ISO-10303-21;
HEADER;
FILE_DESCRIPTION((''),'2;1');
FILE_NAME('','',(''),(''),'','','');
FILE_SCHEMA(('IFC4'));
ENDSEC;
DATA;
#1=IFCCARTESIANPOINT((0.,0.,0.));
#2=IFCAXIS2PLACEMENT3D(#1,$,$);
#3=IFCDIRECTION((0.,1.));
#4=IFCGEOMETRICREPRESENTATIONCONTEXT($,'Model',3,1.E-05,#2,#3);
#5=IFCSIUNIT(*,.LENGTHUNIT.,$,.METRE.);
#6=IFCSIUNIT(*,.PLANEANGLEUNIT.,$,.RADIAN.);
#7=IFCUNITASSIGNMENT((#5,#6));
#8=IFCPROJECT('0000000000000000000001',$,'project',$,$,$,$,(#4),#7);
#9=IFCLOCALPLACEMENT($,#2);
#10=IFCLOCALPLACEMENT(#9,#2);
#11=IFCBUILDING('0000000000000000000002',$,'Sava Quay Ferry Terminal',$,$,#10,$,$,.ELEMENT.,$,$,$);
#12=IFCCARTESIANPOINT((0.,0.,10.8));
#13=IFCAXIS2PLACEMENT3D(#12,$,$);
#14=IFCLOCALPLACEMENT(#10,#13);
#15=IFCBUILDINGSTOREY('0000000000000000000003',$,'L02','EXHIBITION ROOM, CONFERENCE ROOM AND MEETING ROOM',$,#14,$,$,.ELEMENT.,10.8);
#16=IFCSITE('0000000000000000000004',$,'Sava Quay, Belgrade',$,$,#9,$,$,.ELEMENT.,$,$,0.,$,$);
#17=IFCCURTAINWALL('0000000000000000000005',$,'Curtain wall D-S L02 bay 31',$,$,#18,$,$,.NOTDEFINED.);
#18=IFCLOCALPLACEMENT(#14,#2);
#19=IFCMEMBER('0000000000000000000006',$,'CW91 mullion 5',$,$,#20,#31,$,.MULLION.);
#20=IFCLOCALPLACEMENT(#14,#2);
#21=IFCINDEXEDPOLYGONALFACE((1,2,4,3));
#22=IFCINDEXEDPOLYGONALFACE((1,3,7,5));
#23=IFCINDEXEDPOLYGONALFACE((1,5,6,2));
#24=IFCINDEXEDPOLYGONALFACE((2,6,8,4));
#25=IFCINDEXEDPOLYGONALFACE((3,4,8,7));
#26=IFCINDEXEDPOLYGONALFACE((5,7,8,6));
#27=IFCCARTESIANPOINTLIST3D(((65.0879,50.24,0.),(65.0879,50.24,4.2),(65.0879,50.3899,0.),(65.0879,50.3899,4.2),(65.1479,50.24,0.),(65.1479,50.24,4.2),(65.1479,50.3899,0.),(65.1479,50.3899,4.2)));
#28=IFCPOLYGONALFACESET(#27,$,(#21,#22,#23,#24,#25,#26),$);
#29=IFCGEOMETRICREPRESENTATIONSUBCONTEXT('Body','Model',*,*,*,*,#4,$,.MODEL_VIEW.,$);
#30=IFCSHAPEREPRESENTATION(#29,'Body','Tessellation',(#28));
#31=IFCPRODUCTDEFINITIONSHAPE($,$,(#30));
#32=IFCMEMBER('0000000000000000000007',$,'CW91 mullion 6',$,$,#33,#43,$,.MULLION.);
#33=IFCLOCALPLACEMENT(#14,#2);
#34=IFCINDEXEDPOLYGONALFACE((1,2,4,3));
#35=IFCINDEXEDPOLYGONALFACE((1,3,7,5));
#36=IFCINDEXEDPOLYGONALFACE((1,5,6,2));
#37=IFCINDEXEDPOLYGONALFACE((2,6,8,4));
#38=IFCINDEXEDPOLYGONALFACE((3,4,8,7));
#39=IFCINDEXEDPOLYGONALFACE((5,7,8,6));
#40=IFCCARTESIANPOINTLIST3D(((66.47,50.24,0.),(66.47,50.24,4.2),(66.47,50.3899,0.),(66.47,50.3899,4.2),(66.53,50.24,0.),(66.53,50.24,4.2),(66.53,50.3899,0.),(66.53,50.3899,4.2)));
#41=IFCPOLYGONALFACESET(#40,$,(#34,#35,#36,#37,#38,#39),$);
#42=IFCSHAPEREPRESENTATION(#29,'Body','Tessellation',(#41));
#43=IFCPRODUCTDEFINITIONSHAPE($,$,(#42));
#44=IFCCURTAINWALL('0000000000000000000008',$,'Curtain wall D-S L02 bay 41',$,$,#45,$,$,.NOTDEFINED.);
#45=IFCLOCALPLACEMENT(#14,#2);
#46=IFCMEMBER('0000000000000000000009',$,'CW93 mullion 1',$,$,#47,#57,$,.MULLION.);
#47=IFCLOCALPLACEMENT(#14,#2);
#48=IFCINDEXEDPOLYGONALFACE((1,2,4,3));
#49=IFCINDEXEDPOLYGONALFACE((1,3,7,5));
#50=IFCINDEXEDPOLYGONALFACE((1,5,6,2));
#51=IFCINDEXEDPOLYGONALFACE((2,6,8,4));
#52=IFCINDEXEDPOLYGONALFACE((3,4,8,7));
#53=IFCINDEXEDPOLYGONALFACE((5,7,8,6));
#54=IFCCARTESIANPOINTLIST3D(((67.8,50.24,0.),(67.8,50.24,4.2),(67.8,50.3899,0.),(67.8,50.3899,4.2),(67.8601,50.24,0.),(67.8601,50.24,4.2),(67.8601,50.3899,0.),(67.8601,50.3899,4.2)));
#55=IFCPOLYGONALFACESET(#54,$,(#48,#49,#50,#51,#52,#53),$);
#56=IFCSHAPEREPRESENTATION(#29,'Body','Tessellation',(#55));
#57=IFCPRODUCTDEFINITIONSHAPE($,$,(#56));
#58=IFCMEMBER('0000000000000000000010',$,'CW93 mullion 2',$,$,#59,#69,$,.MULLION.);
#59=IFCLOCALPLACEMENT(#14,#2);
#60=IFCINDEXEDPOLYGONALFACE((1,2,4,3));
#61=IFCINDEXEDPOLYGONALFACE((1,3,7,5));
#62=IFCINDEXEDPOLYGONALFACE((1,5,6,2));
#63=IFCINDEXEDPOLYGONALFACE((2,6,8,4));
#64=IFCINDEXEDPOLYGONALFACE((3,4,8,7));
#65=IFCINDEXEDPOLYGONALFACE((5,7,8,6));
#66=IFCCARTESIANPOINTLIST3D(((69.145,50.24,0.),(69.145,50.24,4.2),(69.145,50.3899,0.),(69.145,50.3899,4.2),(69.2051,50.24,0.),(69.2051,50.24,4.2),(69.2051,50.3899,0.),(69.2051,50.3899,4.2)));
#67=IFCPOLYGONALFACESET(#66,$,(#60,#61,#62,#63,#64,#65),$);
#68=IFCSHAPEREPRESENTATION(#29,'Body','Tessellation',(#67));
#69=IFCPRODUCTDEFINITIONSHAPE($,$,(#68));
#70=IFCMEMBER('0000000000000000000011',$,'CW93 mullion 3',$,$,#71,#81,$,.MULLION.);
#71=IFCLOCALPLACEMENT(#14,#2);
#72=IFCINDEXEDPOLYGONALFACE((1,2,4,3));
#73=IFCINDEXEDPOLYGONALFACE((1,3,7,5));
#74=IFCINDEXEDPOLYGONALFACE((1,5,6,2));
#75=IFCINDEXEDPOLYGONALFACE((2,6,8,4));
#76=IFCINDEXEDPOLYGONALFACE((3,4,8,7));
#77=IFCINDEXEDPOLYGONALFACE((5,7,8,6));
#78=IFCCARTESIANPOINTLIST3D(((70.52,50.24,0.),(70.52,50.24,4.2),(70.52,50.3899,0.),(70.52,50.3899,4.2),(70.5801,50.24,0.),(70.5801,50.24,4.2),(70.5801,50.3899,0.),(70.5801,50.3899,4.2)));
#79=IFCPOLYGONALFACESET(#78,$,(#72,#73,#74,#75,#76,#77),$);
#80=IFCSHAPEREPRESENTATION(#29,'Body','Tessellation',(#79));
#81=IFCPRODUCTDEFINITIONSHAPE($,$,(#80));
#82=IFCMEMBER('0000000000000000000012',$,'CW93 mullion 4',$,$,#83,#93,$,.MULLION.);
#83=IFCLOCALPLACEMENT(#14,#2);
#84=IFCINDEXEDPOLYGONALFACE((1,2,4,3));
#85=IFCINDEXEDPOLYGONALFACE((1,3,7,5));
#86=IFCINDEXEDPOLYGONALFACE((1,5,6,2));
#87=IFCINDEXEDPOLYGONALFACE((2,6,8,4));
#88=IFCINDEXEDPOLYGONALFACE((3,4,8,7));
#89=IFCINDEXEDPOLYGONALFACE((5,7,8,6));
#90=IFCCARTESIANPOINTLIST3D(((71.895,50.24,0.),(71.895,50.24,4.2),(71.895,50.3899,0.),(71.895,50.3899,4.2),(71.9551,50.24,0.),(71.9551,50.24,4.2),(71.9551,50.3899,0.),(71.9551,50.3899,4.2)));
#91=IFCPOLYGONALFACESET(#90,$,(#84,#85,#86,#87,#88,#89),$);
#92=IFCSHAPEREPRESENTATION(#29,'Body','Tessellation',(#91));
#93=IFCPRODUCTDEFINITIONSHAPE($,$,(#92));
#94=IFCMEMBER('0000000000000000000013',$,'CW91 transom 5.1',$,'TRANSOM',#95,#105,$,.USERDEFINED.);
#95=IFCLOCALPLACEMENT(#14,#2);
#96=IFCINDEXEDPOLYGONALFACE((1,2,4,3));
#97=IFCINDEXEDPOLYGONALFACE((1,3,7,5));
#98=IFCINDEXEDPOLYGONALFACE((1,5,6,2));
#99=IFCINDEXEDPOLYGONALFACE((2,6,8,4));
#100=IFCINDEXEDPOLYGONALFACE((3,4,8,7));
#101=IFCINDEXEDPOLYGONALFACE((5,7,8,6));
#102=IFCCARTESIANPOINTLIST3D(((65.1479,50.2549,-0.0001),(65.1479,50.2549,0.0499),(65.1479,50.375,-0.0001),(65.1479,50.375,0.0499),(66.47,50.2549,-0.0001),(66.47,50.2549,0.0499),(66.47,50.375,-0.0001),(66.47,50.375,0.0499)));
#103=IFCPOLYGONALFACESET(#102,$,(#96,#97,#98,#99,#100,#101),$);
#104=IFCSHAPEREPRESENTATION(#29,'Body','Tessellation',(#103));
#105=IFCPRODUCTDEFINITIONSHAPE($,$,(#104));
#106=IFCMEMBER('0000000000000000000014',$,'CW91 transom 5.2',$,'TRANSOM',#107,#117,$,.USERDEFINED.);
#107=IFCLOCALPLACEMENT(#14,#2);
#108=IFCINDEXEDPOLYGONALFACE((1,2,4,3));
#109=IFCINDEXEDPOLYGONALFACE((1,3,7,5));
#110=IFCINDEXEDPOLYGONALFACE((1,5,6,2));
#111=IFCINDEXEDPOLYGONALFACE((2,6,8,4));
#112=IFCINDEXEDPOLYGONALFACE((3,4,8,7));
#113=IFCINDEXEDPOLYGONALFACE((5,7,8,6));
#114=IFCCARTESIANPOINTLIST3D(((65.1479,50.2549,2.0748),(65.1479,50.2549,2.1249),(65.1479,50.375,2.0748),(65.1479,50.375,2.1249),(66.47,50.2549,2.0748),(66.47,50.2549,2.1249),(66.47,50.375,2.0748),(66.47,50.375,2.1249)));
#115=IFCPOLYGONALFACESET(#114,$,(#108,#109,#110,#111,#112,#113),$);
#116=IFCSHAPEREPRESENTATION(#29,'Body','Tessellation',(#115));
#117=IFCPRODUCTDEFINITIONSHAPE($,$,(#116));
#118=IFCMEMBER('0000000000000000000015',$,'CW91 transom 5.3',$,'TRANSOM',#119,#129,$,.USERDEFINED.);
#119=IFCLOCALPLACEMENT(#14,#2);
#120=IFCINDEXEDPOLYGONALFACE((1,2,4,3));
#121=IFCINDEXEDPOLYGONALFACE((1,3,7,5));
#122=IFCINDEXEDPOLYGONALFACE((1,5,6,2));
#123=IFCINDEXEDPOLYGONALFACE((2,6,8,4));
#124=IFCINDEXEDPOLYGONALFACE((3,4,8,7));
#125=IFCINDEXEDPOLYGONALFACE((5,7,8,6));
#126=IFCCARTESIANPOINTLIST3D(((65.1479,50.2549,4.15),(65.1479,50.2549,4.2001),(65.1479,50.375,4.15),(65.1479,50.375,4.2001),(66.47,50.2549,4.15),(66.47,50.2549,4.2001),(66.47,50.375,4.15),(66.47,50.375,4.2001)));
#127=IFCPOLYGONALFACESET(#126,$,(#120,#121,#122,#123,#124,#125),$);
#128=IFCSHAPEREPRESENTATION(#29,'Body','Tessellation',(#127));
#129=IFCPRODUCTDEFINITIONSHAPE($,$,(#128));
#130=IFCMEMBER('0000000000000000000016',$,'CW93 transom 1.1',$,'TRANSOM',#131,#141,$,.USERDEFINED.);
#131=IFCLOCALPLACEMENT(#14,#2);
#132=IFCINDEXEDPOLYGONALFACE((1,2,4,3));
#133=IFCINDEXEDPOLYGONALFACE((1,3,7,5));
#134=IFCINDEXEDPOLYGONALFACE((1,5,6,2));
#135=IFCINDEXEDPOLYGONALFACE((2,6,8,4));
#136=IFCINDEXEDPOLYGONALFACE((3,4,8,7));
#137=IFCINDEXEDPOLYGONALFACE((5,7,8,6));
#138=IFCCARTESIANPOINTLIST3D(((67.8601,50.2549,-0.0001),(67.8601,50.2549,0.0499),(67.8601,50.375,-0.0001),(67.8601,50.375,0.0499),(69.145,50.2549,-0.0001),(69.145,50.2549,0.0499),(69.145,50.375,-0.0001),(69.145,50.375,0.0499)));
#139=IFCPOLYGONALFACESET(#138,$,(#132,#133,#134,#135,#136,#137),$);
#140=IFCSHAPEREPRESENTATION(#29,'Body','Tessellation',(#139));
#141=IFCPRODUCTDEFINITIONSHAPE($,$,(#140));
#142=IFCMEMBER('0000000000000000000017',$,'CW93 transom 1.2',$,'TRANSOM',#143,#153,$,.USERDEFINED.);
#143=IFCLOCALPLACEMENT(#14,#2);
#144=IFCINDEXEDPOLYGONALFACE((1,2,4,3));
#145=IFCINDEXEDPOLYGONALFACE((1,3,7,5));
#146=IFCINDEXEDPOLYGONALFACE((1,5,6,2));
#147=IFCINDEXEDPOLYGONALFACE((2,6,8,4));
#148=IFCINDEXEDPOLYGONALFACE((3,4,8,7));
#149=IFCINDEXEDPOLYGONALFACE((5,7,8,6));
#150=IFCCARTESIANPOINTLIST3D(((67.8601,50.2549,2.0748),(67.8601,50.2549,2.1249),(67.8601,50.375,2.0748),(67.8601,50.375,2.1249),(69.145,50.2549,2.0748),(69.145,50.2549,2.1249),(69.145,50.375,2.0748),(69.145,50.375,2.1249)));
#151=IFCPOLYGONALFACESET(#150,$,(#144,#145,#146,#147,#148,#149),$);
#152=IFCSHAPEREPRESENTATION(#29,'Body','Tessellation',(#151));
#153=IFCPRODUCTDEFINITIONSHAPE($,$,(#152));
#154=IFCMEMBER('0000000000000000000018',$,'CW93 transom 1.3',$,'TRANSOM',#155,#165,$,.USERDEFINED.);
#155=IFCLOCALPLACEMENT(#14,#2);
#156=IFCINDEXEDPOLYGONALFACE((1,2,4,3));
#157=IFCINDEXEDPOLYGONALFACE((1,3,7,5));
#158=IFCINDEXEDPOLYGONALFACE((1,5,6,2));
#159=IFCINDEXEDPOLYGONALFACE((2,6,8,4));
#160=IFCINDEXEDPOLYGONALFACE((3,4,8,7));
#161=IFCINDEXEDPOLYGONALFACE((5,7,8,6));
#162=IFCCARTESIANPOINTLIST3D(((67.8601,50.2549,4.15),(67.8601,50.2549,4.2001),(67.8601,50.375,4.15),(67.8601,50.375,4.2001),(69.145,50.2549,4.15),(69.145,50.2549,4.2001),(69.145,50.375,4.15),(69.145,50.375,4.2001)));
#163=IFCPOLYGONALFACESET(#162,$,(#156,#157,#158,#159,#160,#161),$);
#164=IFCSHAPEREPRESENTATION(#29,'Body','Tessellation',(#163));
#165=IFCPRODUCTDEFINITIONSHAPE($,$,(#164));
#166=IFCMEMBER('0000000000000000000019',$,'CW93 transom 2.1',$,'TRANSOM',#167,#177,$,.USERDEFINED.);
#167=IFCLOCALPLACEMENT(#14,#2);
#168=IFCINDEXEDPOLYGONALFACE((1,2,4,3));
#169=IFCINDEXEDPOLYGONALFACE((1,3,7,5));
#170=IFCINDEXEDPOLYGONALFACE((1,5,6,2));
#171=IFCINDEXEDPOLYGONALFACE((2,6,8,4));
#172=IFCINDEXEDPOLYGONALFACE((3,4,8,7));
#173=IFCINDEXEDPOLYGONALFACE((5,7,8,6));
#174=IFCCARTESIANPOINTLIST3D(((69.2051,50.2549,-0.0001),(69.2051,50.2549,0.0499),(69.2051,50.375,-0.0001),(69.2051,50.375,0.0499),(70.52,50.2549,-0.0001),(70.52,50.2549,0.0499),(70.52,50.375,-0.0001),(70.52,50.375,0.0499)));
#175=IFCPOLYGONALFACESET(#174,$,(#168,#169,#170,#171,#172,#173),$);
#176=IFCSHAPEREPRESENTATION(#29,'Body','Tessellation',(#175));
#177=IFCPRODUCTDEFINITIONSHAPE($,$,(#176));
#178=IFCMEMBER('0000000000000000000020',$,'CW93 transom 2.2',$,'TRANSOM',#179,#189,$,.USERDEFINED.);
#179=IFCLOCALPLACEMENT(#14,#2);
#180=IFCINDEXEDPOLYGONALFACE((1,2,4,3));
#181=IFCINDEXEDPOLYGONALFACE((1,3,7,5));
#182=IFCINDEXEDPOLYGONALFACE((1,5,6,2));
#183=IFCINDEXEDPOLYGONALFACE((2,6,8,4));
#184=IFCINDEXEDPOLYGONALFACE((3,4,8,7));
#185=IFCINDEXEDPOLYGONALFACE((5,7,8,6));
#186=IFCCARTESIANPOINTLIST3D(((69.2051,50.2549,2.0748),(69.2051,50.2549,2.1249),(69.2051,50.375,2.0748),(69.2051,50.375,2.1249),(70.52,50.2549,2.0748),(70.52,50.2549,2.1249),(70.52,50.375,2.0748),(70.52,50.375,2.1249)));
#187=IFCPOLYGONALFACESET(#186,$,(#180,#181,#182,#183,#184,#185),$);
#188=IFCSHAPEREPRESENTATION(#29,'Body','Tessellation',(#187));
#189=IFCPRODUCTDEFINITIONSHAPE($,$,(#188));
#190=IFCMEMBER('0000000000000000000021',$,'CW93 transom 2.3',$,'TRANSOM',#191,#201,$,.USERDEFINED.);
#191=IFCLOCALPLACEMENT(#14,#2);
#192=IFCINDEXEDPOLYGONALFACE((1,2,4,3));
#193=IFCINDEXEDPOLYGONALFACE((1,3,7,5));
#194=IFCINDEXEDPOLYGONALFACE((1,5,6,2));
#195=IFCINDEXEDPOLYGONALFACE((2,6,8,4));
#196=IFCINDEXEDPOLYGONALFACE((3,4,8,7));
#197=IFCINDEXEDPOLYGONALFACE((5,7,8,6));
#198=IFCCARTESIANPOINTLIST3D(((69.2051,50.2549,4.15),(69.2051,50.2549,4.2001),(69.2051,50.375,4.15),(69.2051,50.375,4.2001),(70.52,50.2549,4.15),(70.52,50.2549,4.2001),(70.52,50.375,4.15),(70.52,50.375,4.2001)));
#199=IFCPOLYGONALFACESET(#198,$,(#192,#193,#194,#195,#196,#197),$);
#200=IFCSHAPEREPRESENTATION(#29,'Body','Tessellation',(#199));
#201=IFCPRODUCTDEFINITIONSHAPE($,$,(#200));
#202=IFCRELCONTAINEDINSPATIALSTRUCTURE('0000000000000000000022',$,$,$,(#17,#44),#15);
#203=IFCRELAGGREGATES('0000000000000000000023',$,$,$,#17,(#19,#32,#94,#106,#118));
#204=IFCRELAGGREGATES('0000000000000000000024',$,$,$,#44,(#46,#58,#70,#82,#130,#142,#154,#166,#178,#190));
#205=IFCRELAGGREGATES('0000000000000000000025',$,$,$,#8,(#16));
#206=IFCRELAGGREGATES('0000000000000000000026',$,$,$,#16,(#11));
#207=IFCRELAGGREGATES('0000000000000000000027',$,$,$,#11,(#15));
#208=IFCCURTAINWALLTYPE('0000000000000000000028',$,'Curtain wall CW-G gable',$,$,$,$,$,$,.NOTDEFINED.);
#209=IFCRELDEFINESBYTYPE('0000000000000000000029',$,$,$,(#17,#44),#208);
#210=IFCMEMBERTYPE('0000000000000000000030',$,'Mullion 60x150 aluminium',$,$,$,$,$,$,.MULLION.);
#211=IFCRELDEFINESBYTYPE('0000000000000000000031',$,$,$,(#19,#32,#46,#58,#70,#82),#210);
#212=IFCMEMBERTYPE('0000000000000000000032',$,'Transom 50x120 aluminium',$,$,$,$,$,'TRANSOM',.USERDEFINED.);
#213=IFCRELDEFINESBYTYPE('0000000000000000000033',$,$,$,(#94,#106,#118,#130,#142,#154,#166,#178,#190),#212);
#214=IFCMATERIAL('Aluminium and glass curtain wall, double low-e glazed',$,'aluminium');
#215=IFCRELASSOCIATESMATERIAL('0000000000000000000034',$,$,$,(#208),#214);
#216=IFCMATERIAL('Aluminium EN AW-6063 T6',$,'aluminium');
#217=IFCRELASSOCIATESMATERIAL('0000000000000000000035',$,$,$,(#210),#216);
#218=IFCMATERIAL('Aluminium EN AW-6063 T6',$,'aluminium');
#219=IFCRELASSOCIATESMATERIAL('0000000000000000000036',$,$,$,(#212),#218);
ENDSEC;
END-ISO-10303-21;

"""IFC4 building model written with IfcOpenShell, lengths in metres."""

from ifc_helpers import new_model, si_unit, direction, frame, origin, origin_2d, place, context, subcontext, project, spatial, rectangle, extrude, material, material_profile, profile_set, type_object, element, aggregate, save


model = new_model("IFC4")

# Units and contexts
model_context = context("Model", 3, precision=1e-05, world=origin(), true_north=direction((0.0, 1.0)))
body_context = subcontext(model_context, "Body", "Model", "MODEL_VIEW")
ifc_project = project(units=[si_unit("LENGTHUNIT", "METRE"), si_unit("PLANEANGLEUNIT", "RADIAN")], contexts=[model_context])

# Site, building, storey
site_placement = place(None, origin())
site = spatial("IfcSite", under=ifc_project, at=site_placement, Name="Sava Quay, Belgrade", CompositionType="ELEMENT", RefElevation=0.0)
building_placement = place(site_placement, origin())
building = spatial("IfcBuilding", under=site, at=building_placement, Name="Sava Quay Ferry Terminal", CompositionType="ELEMENT")
storey_placement = place(building_placement, frame((0.0, 0.0, 10.8)))
storey = spatial("IfcBuildingStorey", under=building, at=storey_placement, Name="L02", Description="EXHIBITION ROOM, CONFERENCE ROOM AND MEETING ROOM", CompositionType="ELEMENT", Elevation=10.8)

# Curtain walls, members
ifc_material_1 = material(Name="Aluminium and glass curtain wall, double low-e glazed", Category="aluminium")
curtain_wall_type = type_object("IfcCurtainWallType", Name="Curtain wall CW-G gable", PredefinedType="NOTDEFINED", material=ifc_material_1)
curtain_wall_1_placement = place(storey_placement, origin())
curtain_wall_1 = element("IfcCurtainWall", 1, at=curtain_wall_1_placement, inside=storey, type_object=curtain_wall_type, Name="Curtain wall D-S L02 bay 31", PredefinedType="NOTDEFINED")
ifc_material_2 = material(Name="Aluminium EN AW-6063 T6", Category="aluminium")
ifc_material_profile_1 = material_profile(ifc_material_2, rectangle(XDim=0.1499, YDim=0.0601, at=origin_2d()), Name="Mullion 60x150 aluminium")
ifc_profile_set_1 = profile_set([ifc_material_profile_1], Name="Aluminium EN AW-6063 T6")
member_type_1 = type_object("IfcMemberType", Name="Mullion 60x150 aluminium", PredefinedType="MULLION", material=ifc_profile_set_1)
member_1_placement = place(storey_placement, frame((65.1179, 50.3149, 0.0), z_axis=(0.0, 0.0, 1.0), x_axis=(0.0, 1.0, 0.0)))
member_1 = element("IfcMember", 2, at=member_1_placement, type_object=member_type_1, Name="CW91 mullion 5", PredefinedType="MULLION", context=body_context, shape_type="SweptSolid", body=[
    extrude(rectangle(XDim=0.1499, YDim=0.0601, at=origin_2d()), origin(), (0.0, 0.0, 1.0), 4.2),
])
member_2_placement = place(storey_placement, frame((66.5, 50.3149, 0.0), z_axis=(0.0, 0.0, 1.0), x_axis=(0.0, 1.0, 0.0)))
member_2 = element("IfcMember", 3, at=member_2_placement, type_object=member_type_1, Name="CW91 mullion 6", PredefinedType="MULLION", context=body_context, shape_type="SweptSolid", body=[
    extrude(rectangle(XDim=0.1499, YDim=0.0601, at=origin_2d()), origin(), (0.0, 0.0, 1.0), 4.2),
])
curtain_wall_2_placement = place(storey_placement, origin())
curtain_wall_2 = element("IfcCurtainWall", 4, at=curtain_wall_2_placement, inside=storey, type_object=curtain_wall_type, Name="Curtain wall D-S L02 bay 41", PredefinedType="NOTDEFINED")
member_3_placement = place(storey_placement, frame((67.8301, 50.3149, 0.0), z_axis=(0.0, 0.0, 1.0), x_axis=(0.0, 1.0, 0.0)))
member_3 = element("IfcMember", 5, at=member_3_placement, type_object=member_type_1, Name="CW93 mullion 1", PredefinedType="MULLION", context=body_context, shape_type="SweptSolid", body=[
    extrude(rectangle(XDim=0.1499, YDim=0.0601, at=origin_2d()), origin(), (0.0, 0.0, 1.0), 4.2),
])
member_4_placement = place(storey_placement, frame((69.175, 50.3149, 0.0), z_axis=(0.0, 0.0, 1.0), x_axis=(0.0, 1.0, 0.0)))
member_4 = element("IfcMember", 6, at=member_4_placement, type_object=member_type_1, Name="CW93 mullion 2", PredefinedType="MULLION", context=body_context, shape_type="SweptSolid", body=[
    extrude(rectangle(XDim=0.1499, YDim=0.0601, at=origin_2d()), origin(), (0.0, 0.0, 1.0), 4.2),
])
member_5_placement = place(storey_placement, frame((70.55, 50.3149, 0.0), z_axis=(0.0, 0.0, 1.0), x_axis=(0.0, 1.0, 0.0)))
member_5 = element("IfcMember", 7, at=member_5_placement, type_object=member_type_1, Name="CW93 mullion 3", PredefinedType="MULLION", context=body_context, shape_type="SweptSolid", body=[
    extrude(rectangle(XDim=0.1499, YDim=0.0601, at=origin_2d()), origin(), (0.0, 0.0, 1.0), 4.2),
])
member_6_placement = place(storey_placement, frame((71.925, 50.3149, 0.0), z_axis=(0.0, 0.0, 1.0), x_axis=(0.0, 1.0, 0.0)))
member_6 = element("IfcMember", 8, at=member_6_placement, type_object=member_type_1, Name="CW93 mullion 4", PredefinedType="MULLION", context=body_context, shape_type="SweptSolid", body=[
    extrude(rectangle(XDim=0.1499, YDim=0.0601, at=origin_2d()), origin(), (0.0, 0.0, 1.0), 4.2),
])

# Members
ifc_material_3 = material(Name="Aluminium EN AW-6063 T6", Category="aluminium")
ifc_material_profile_2 = material_profile(ifc_material_3, rectangle(XDim=0.1201, YDim=0.05, at=origin_2d()), Name="Transom 50x120 aluminium")
ifc_profile_set_2 = profile_set([ifc_material_profile_2], Name="Aluminium EN AW-6063 T6")
member_type_2 = type_object("IfcMemberType", Name="Transom 50x120 aluminium", ElementType="TRANSOM", PredefinedType="USERDEFINED", material=ifc_profile_set_2)
member_7_placement = place(storey_placement, frame((65.1479, 50.3149, 0.0249), z_axis=(1.0, 0.0, 0.0), x_axis=(0.0, 1.0, 0.0)))
member_7 = element("IfcMember", 9, at=member_7_placement, type_object=member_type_2, Name="CW91 transom 5.1", ObjectType="TRANSOM", PredefinedType="USERDEFINED", context=body_context, shape_type="SweptSolid", body=[
    extrude(rectangle(XDim=0.1201, YDim=0.05, at=origin_2d()), origin(), (0.0, 0.0, 1.0), 1.322),
])
member_8_placement = place(storey_placement, frame((65.1479, 50.3149, 2.0999), z_axis=(1.0, 0.0, 0.0), x_axis=(0.0, 1.0, 0.0)))
member_8 = element("IfcMember", 10, at=member_8_placement, type_object=member_type_2, Name="CW91 transom 5.2", ObjectType="TRANSOM", PredefinedType="USERDEFINED", context=body_context, shape_type="SweptSolid", body=[
    extrude(rectangle(XDim=0.1201, YDim=0.05, at=origin_2d()), origin(), (0.0, 0.0, 1.0), 1.322),
])
member_9_placement = place(storey_placement, frame((65.1479, 50.3149, 4.175), z_axis=(1.0, 0.0, 0.0), x_axis=(0.0, 1.0, 0.0)))
member_9 = element("IfcMember", 11, at=member_9_placement, type_object=member_type_2, Name="CW91 transom 5.3", ObjectType="TRANSOM", PredefinedType="USERDEFINED", context=body_context, shape_type="SweptSolid", body=[
    extrude(rectangle(XDim=0.1201, YDim=0.05, at=origin_2d()), origin(), (0.0, 0.0, 1.0), 1.322),
])
member_10_placement = place(storey_placement, frame((67.8601, 50.3149, 0.0249), z_axis=(1.0, 0.0, 0.0), x_axis=(0.0, 1.0, 0.0)))
member_10 = element("IfcMember", 12, at=member_10_placement, type_object=member_type_2, Name="CW93 transom 1.1", ObjectType="TRANSOM", PredefinedType="USERDEFINED", context=body_context, shape_type="SweptSolid", body=[
    extrude(rectangle(XDim=0.1201, YDim=0.05, at=origin_2d()), origin(), (0.0, 0.0, 1.0), 1.2849),
])
member_11_placement = place(storey_placement, frame((67.8601, 50.3149, 2.0999), z_axis=(1.0, 0.0, 0.0), x_axis=(0.0, 1.0, 0.0)))
member_11 = element("IfcMember", 13, at=member_11_placement, type_object=member_type_2, Name="CW93 transom 1.2", ObjectType="TRANSOM", PredefinedType="USERDEFINED", context=body_context, shape_type="SweptSolid", body=[
    extrude(rectangle(XDim=0.1201, YDim=0.05, at=origin_2d()), origin(), (0.0, 0.0, 1.0), 1.2849),
])
member_12_placement = place(storey_placement, frame((67.8601, 50.3149, 4.175), z_axis=(1.0, 0.0, 0.0), x_axis=(0.0, 1.0, 0.0)))
member_12 = element("IfcMember", 14, at=member_12_placement, type_object=member_type_2, Name="CW93 transom 1.3", ObjectType="TRANSOM", PredefinedType="USERDEFINED", context=body_context, shape_type="SweptSolid", body=[
    extrude(rectangle(XDim=0.1201, YDim=0.05, at=origin_2d()), origin(), (0.0, 0.0, 1.0), 1.2849),
])
member_13_placement = place(storey_placement, frame((69.2051, 50.3149, 0.0249), z_axis=(1.0, 0.0, 0.0), x_axis=(0.0, 1.0, 0.0)))
member_13 = element("IfcMember", 15, at=member_13_placement, type_object=member_type_2, Name="CW93 transom 2.1", ObjectType="TRANSOM", PredefinedType="USERDEFINED", context=body_context, shape_type="SweptSolid", body=[
    extrude(rectangle(XDim=0.1201, YDim=0.05, at=origin_2d()), origin(), (0.0, 0.0, 1.0), 1.3149),
])
member_14_placement = place(storey_placement, frame((69.2051, 50.3149, 2.0999), z_axis=(1.0, 0.0, 0.0), x_axis=(0.0, 1.0, 0.0)))
member_14 = element("IfcMember", 16, at=member_14_placement, type_object=member_type_2, Name="CW93 transom 2.2", ObjectType="TRANSOM", PredefinedType="USERDEFINED", context=body_context, shape_type="SweptSolid", body=[
    extrude(rectangle(XDim=0.1201, YDim=0.05, at=origin_2d()), origin(), (0.0, 0.0, 1.0), 1.3149),
])
member_15_placement = place(storey_placement, frame((69.2051, 50.3149, 4.175), z_axis=(1.0, 0.0, 0.0), x_axis=(0.0, 1.0, 0.0)))
member_15 = element("IfcMember", 17, at=member_15_placement, type_object=member_type_2, Name="CW93 transom 2.3", ObjectType="TRANSOM", PredefinedType="USERDEFINED", context=body_context, shape_type="SweptSolid", body=[
    extrude(rectangle(XDim=0.1201, YDim=0.05, at=origin_2d()), origin(), (0.0, 0.0, 1.0), 1.3149),
])

aggregate(curtain_wall_1, [member_1, member_2, member_7, member_8, member_9])
aggregate(curtain_wall_2, [member_3, member_4, member_5, member_6, member_10, member_11, member_12, member_13, member_14, member_15])

save(model, "model.ifc")
